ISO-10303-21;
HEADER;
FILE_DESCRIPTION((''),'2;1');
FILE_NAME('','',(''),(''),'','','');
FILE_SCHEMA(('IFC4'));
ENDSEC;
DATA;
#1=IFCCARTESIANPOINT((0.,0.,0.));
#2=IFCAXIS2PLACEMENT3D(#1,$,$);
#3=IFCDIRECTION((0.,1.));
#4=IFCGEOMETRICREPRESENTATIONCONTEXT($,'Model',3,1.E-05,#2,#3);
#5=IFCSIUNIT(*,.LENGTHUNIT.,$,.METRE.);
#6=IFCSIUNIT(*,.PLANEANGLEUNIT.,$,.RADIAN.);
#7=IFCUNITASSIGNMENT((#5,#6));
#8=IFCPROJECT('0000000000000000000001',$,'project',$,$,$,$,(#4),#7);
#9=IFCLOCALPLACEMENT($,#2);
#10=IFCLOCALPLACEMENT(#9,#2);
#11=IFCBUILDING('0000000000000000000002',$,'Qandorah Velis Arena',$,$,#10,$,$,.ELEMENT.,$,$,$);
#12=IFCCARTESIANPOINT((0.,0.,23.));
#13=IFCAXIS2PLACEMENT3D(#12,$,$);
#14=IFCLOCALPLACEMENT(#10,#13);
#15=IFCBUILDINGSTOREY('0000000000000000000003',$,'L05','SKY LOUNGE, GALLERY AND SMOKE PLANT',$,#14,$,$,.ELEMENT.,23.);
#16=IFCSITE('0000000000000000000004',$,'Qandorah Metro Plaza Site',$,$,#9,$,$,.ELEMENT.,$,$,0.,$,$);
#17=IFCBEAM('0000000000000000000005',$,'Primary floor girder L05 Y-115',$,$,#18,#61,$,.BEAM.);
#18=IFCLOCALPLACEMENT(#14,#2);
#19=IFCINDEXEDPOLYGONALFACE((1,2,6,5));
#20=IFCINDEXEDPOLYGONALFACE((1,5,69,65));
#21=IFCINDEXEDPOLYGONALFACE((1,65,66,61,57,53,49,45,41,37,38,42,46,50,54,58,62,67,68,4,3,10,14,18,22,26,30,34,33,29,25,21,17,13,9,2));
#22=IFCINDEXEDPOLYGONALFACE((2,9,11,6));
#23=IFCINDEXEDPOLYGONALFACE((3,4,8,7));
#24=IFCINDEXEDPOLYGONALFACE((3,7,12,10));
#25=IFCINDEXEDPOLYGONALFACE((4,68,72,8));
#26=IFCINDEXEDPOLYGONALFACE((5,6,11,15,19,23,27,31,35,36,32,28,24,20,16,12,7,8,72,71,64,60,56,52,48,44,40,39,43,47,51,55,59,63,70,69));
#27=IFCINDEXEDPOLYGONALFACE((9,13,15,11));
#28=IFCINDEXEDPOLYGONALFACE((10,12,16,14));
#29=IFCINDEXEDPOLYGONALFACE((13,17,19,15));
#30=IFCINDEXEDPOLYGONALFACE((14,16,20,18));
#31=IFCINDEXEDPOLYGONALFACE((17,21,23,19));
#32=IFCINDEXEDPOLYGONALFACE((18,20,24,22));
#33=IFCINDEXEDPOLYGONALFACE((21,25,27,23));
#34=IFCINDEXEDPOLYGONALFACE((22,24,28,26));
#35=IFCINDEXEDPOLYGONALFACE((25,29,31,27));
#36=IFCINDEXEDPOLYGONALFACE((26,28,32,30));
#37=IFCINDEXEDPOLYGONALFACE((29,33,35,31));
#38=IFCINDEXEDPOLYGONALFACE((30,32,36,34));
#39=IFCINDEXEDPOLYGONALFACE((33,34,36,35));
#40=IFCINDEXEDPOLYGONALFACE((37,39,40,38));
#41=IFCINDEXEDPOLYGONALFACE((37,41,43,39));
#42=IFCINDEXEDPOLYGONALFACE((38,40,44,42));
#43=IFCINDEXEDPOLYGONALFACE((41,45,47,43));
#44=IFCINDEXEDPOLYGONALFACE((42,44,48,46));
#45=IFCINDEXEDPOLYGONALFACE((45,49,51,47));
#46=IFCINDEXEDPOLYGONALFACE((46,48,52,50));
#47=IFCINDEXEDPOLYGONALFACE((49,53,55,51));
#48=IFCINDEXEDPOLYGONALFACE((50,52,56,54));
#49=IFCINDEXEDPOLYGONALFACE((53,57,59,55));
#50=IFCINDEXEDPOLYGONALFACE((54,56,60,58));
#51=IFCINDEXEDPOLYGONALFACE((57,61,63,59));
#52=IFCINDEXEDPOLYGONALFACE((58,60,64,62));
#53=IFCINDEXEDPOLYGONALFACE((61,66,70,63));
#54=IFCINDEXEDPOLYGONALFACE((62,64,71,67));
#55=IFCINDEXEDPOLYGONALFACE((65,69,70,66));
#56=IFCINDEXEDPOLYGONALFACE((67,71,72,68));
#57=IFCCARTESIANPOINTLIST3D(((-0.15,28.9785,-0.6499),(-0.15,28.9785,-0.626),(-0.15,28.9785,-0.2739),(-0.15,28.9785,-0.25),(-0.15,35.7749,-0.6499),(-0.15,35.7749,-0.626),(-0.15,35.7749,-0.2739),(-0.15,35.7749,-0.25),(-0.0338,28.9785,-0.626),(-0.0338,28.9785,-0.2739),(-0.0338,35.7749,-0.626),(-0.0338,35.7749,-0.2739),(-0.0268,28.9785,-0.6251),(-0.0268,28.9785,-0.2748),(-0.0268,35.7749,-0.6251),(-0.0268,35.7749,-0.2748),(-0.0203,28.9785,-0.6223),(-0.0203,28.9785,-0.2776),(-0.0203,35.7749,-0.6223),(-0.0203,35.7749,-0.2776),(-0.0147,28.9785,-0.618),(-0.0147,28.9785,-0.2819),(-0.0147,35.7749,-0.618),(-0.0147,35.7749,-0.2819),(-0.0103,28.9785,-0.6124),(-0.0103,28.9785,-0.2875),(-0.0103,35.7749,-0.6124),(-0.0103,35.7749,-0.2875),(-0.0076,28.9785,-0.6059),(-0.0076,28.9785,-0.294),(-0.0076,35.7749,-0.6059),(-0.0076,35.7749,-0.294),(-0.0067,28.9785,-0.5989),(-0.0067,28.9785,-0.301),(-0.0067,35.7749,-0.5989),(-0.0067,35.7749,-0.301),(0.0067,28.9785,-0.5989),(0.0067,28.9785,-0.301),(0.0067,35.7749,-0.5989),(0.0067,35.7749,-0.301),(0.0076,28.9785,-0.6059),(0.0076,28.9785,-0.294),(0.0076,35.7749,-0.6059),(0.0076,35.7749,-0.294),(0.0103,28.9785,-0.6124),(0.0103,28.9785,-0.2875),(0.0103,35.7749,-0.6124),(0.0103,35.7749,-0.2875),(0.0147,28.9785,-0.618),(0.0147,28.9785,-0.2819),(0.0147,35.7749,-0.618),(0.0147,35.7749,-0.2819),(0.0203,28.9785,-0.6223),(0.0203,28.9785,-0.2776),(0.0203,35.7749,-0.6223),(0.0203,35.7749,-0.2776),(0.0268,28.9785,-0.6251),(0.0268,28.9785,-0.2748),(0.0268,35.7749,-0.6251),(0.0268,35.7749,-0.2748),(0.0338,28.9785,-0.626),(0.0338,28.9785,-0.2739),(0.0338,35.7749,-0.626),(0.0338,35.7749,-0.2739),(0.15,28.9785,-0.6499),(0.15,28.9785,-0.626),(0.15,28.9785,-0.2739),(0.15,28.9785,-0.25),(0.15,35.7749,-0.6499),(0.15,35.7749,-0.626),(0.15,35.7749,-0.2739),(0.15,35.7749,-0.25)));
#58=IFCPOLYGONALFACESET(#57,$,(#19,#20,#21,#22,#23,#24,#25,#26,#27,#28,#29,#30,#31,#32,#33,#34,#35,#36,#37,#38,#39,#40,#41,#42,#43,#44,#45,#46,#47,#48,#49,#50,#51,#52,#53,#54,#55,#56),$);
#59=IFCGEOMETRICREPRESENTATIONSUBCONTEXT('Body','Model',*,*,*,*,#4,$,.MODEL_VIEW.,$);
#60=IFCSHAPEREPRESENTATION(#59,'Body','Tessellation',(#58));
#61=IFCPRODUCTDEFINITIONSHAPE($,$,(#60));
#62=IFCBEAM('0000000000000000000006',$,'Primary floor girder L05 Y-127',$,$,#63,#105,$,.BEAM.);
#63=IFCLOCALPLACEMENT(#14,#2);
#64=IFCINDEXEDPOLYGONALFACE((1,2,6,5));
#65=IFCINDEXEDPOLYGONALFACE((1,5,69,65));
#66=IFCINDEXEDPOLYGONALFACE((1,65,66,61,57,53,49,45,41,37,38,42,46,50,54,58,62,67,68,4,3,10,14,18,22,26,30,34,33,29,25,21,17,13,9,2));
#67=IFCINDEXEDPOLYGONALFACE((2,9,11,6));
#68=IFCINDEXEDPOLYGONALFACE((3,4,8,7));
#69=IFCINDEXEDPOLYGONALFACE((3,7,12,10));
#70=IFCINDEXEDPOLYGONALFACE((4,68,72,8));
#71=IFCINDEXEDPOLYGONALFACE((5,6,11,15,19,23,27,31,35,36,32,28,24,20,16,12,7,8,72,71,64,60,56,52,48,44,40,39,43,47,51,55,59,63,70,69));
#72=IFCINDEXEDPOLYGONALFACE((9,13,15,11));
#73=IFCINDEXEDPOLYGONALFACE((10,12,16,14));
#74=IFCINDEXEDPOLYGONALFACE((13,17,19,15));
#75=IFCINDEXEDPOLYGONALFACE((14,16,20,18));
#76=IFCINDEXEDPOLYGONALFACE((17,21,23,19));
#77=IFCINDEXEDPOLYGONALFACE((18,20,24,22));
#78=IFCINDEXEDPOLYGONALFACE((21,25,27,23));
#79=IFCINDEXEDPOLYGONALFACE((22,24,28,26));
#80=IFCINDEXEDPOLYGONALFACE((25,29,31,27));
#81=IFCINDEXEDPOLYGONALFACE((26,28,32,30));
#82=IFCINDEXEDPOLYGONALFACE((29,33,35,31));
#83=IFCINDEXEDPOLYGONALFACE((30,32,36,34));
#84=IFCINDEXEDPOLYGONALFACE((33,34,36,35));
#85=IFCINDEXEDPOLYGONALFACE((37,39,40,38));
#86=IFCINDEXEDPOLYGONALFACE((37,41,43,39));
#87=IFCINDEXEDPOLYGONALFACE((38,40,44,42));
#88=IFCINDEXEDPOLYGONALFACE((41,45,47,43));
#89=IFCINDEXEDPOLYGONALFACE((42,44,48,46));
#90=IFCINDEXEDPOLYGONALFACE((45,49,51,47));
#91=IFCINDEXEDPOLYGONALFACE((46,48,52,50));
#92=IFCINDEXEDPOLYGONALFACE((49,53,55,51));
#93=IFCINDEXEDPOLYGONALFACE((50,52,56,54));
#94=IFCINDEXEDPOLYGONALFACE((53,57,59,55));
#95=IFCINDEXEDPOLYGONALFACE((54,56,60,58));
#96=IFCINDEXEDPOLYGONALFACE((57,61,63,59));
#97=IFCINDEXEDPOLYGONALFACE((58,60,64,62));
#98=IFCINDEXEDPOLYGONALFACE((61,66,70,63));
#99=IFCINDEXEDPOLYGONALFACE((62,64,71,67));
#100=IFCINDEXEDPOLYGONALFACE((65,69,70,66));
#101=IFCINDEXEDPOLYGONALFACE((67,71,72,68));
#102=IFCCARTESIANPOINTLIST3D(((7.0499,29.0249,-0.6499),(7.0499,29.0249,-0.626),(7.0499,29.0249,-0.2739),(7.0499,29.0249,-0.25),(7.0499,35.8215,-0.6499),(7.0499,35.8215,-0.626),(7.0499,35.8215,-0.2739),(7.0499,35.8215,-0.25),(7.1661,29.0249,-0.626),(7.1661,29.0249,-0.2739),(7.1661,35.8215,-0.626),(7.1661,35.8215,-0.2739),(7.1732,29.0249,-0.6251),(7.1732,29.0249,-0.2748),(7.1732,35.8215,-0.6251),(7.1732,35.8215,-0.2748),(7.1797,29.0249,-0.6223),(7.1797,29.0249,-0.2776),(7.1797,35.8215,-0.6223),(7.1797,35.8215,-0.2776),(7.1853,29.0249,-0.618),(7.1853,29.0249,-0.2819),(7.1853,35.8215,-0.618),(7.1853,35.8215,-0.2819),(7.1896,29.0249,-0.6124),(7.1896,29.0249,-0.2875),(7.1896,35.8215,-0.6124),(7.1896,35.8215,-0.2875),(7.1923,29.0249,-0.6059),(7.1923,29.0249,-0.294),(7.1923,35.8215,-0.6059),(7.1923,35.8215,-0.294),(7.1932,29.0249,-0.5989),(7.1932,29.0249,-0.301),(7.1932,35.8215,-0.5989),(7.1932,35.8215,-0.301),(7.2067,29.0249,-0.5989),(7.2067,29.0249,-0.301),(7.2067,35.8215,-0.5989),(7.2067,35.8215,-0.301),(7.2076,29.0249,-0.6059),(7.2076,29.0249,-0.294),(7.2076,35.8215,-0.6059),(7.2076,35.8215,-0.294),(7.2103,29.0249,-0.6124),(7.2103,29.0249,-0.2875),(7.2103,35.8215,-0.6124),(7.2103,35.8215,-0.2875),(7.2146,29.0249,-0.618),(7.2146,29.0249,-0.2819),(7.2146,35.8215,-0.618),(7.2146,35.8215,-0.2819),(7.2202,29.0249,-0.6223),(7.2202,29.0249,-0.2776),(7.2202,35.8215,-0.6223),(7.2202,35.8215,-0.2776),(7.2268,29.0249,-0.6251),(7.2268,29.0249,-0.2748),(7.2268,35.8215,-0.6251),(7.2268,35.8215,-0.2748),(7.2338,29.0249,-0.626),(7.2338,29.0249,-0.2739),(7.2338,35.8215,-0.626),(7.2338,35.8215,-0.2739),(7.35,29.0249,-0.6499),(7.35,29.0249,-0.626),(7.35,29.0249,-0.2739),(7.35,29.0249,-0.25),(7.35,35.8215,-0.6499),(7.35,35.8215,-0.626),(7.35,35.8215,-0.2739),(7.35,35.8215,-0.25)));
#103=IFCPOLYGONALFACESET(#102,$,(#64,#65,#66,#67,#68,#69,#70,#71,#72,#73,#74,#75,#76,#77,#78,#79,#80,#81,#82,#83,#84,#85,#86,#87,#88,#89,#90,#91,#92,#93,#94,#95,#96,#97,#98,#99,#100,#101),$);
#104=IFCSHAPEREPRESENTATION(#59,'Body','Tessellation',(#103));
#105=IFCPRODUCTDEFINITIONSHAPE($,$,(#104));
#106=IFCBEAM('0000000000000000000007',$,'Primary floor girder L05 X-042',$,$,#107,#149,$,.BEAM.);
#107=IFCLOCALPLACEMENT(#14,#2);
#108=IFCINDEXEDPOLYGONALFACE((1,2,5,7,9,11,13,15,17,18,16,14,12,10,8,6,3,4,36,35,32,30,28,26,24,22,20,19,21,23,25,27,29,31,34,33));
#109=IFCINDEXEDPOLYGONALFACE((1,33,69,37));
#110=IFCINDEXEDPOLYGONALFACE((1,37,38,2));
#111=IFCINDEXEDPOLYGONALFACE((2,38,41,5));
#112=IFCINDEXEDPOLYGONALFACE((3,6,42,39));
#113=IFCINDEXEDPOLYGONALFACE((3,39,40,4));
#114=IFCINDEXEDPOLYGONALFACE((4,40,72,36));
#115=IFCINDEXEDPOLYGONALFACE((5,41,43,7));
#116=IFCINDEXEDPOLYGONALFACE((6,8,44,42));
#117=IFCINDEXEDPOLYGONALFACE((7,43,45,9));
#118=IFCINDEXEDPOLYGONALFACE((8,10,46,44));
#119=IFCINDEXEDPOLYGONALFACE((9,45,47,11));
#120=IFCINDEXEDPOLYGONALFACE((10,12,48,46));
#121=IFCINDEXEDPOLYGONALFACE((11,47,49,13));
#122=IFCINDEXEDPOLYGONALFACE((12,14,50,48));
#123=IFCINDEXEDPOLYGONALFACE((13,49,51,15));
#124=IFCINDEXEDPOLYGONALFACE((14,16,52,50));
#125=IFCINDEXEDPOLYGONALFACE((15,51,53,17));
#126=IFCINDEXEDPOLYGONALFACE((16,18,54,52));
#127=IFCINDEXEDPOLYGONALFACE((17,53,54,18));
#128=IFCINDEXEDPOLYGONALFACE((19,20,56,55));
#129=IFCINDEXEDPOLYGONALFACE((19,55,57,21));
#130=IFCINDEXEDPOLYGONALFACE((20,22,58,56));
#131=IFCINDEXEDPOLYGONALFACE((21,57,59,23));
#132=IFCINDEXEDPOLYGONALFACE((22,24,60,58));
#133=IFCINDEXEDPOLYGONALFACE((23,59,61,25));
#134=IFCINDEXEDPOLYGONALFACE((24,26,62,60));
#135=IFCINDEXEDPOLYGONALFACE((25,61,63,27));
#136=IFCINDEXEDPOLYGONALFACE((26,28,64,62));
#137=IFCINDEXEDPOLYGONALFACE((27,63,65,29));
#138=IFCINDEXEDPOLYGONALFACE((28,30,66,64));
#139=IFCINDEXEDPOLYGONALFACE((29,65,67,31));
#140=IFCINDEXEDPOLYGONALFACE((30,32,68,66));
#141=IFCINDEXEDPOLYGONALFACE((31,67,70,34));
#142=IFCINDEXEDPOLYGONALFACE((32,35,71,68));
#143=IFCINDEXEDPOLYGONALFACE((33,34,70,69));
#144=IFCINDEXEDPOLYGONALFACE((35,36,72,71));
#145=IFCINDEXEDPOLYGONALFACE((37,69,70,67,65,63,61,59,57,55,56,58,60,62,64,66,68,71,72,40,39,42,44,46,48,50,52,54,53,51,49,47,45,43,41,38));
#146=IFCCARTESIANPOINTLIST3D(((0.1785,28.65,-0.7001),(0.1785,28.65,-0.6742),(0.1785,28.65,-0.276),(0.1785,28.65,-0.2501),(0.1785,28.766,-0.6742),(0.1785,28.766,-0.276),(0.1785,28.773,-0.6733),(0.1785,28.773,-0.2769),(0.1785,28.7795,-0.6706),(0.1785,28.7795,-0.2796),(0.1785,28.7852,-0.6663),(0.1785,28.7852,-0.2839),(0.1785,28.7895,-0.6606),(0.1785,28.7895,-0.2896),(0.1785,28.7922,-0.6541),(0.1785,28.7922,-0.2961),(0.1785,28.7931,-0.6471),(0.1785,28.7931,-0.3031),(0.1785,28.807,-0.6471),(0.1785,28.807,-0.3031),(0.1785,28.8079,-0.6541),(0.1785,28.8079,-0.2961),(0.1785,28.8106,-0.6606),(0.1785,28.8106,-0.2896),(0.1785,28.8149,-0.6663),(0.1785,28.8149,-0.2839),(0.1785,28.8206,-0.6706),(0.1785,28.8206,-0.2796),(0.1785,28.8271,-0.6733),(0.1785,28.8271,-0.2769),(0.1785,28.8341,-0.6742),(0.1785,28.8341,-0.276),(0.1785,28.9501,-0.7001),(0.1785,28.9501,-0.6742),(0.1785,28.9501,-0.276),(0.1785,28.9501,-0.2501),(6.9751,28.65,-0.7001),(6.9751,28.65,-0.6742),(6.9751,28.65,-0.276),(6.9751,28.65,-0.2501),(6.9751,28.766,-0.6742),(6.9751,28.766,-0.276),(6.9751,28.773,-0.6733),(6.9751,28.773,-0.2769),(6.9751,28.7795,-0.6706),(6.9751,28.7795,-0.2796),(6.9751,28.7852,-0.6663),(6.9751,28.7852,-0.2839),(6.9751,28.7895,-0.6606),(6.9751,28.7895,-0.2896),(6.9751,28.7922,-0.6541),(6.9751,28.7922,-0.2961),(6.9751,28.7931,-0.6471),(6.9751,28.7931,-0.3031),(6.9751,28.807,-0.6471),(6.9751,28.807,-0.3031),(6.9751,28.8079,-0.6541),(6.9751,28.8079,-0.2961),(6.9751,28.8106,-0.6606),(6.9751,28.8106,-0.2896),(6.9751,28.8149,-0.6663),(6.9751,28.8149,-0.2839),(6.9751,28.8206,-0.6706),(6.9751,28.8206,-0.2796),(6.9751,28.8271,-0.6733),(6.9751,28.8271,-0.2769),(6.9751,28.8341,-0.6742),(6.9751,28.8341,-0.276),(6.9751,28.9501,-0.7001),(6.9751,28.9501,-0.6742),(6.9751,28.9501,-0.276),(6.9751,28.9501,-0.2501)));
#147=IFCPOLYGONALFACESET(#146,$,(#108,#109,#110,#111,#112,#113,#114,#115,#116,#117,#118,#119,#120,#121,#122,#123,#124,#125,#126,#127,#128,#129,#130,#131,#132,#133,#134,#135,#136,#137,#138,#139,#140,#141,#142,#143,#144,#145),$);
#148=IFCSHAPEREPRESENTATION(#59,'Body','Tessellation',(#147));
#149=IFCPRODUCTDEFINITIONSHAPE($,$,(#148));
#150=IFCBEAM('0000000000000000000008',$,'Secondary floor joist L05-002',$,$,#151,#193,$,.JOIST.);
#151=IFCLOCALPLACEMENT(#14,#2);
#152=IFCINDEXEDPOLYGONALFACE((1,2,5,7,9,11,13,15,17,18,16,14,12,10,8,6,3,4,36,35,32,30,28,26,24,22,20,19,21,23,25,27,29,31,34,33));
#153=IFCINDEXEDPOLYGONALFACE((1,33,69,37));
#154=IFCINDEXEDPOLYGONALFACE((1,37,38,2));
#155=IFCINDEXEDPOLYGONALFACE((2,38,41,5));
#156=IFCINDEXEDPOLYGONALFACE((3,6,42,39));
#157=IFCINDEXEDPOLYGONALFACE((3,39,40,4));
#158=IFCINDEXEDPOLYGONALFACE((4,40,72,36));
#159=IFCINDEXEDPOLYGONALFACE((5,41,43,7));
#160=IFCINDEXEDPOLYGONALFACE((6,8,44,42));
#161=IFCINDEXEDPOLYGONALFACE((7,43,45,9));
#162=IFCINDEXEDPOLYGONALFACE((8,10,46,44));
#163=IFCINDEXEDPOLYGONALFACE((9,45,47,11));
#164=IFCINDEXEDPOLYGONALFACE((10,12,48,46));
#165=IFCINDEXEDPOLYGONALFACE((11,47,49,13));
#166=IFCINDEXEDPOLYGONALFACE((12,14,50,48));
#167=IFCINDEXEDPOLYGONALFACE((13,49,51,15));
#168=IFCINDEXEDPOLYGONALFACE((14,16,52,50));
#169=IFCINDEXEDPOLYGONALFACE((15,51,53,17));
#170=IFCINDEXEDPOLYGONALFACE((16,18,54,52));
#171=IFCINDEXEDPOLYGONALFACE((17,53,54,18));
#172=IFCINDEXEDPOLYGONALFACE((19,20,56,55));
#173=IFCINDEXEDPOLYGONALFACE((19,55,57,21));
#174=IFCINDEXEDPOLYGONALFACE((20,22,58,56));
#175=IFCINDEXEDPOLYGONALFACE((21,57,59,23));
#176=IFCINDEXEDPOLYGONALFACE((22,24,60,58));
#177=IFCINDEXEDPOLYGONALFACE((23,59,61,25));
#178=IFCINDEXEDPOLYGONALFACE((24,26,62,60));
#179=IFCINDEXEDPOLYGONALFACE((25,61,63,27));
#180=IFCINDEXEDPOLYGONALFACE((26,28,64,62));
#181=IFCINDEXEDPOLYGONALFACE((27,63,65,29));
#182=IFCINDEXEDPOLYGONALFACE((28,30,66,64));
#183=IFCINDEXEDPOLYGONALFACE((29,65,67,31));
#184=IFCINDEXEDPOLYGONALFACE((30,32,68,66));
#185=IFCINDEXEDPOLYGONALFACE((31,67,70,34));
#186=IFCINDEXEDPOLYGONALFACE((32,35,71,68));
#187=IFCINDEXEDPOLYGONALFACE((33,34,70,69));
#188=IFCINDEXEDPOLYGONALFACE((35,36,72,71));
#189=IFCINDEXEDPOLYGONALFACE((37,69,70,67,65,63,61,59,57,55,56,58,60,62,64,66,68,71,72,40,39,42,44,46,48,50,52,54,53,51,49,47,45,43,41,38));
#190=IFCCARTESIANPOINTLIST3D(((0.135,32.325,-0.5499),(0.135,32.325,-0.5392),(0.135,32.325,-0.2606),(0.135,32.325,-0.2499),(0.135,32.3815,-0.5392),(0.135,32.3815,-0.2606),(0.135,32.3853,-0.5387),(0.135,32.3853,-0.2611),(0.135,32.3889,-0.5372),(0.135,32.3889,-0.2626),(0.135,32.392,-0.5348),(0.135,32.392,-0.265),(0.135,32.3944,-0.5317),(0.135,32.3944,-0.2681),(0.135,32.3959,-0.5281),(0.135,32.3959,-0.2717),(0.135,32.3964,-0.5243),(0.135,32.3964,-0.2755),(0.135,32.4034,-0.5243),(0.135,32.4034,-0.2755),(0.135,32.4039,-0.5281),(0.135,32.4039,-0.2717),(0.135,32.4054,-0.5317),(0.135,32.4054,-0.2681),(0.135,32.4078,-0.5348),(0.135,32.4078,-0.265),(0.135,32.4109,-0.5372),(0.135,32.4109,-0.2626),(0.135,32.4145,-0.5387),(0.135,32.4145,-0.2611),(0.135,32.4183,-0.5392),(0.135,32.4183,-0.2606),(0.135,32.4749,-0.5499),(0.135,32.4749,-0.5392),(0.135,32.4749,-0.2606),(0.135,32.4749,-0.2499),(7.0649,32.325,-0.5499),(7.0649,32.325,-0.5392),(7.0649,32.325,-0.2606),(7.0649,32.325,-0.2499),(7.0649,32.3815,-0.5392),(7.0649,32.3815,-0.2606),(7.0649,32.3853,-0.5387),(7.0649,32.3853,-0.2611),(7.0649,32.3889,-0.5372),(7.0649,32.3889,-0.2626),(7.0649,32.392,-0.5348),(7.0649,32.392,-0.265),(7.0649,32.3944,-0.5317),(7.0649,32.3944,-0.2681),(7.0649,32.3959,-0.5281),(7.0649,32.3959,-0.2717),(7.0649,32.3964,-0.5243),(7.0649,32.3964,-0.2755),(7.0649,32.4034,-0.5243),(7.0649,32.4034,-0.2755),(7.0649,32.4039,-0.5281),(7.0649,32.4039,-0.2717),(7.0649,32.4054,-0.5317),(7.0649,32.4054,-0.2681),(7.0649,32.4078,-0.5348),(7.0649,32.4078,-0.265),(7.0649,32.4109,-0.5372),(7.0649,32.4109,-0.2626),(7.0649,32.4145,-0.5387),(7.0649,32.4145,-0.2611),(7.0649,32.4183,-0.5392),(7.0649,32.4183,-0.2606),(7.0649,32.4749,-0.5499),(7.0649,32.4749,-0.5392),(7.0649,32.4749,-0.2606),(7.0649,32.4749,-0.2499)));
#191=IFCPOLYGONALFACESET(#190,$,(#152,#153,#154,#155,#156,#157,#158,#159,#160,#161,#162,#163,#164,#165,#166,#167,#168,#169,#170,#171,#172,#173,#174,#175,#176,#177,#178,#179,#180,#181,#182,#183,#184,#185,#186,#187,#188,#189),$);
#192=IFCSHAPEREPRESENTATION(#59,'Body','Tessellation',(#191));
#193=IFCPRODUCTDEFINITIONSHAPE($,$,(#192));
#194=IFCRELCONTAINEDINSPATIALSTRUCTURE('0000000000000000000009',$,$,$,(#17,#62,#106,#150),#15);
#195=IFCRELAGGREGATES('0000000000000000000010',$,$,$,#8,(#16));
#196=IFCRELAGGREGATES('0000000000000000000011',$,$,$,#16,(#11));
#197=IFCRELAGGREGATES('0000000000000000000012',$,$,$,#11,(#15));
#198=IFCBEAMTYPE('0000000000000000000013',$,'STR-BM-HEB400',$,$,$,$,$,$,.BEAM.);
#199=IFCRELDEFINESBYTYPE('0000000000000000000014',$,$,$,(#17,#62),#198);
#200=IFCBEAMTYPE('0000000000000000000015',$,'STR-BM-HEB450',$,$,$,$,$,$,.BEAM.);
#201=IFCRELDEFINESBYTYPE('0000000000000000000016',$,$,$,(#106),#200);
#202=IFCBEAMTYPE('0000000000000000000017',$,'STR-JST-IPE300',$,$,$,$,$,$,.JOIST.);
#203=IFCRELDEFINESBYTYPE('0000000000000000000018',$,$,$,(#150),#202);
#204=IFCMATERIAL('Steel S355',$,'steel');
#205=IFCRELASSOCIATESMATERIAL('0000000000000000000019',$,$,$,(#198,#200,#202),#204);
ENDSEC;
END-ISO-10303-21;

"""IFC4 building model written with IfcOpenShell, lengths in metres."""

from ifc_helpers import new_model, si_unit, direction, frame, origin, origin_2d, place, context, subcontext, project, spatial, i_section, extrude, material, material_profile, profile_set, type_object, element, save


model = new_model("IFC4")

# Units and contexts
model_context = context("Model", 3, precision=1e-05, world=origin(), true_north=direction((0.0, 1.0)))
body_context = subcontext(model_context, "Body", "Model", "MODEL_VIEW")
ifc_project = project(units=[si_unit("LENGTHUNIT", "METRE"), si_unit("PLANEANGLEUNIT", "RADIAN")], contexts=[model_context])

# Site, building, storey
site_placement = place(None, origin())
site = spatial("IfcSite", under=ifc_project, at=site_placement, Name="Qandorah Metro Plaza Site", CompositionType="ELEMENT", RefElevation=0.0)
building_placement = place(site_placement, origin())
building = spatial("IfcBuilding", under=site, at=building_placement, Name="Qandorah Velis Arena", CompositionType="ELEMENT")
storey_placement = place(building_placement, frame((0.0, 0.0, 23.0)))
storey = spatial("IfcBuildingStorey", under=building, at=storey_placement, Name="L05", Description="SKY LOUNGE, GALLERY AND SMOKE PLANT", CompositionType="ELEMENT", Elevation=23.0)

# Beams
ifc_material_1 = material(Name="Steel S355", Category="steel")
ifc_material_profile_1 = material_profile(ifc_material_1, i_section(OverallWidth=0.3, OverallDepth=0.3999, WebThickness=0.0134, FlangeThickness=0.0239, FilletRadius=0.0271, at=origin_2d()), Name="HEB 400")
ifc_profile_set_1 = profile_set([ifc_material_profile_1], Name="Steel S355")
beam_type_1 = type_object("IfcBeamType", Name="STR-BM-HEB400", PredefinedType="BEAM", material=ifc_profile_set_1)
beam_1_placement = place(storey_placement, frame((0.0, 28.9785, -0.45), z_axis=(0.0, 1.0, 0.0), x_axis=(-1.0, 0.0, 0.0)))
element("IfcBeam", 1, at=beam_1_placement, inside=storey, type_object=beam_type_1, Name="Primary floor girder L05 Y-115", PredefinedType="BEAM", context=body_context, shape_type="SweptSolid", body=[
    extrude(i_section(OverallWidth=0.3, OverallDepth=0.3999, WebThickness=0.0134, FlangeThickness=0.0239, FilletRadius=0.0271, at=origin_2d()), origin(), (0.0, 0.0, 1.0), 6.7964),
])
beam_2_placement = place(storey_placement, frame((7.2, 29.0249, -0.45), z_axis=(0.0, 1.0, 0.0), x_axis=(-1.0, 0.0, 0.0)))
element("IfcBeam", 2, at=beam_2_placement, inside=storey, type_object=beam_type_1, Name="Primary floor girder L05 Y-127", PredefinedType="BEAM", context=body_context, shape_type="SweptSolid", body=[
    extrude(i_section(OverallWidth=0.3, OverallDepth=0.3999, WebThickness=0.0134, FlangeThickness=0.0239, FilletRadius=0.0271, at=origin_2d()), origin(), (0.0, 0.0, 1.0), 6.7966),
])
ifc_material_profile_2 = material_profile(ifc_material_1, i_section(OverallWidth=0.3, OverallDepth=0.45, WebThickness=0.0139, FlangeThickness=0.0259, FilletRadius=0.0271, at=origin_2d()), Name="HEB 450")
ifc_profile_set_2 = profile_set([ifc_material_profile_2], Name="Steel S355")
beam_type_2 = type_object("IfcBeamType", Name="STR-BM-HEB450", PredefinedType="BEAM", material=ifc_profile_set_2)
beam_3_placement = place(storey_placement, frame((0.1785, 28.8, -0.4751), z_axis=(1.0, 0.0, 0.0), x_axis=(0.0, 1.0, 0.0)))
element("IfcBeam", 3, at=beam_3_placement, inside=storey, type_object=beam_type_2, Name="Primary floor girder L05 X-042", PredefinedType="BEAM", context=body_context, shape_type="SweptSolid", body=[
    extrude(i_section(OverallWidth=0.3, OverallDepth=0.45, WebThickness=0.0139, FlangeThickness=0.0259, FilletRadius=0.0271, at=origin_2d()), origin(), (0.0, 0.0, 1.0), 6.7966),
])
ifc_material_profile_3 = material_profile(ifc_material_1, i_section(OverallWidth=0.1499, OverallDepth=0.3, WebThickness=0.0071, FlangeThickness=0.0107, FilletRadius=0.0149, at=origin_2d()), Name="IPE 300")
ifc_profile_set_3 = profile_set([ifc_material_profile_3], Name="Steel S355")
beam_type_3 = type_object("IfcBeamType", Name="STR-JST-IPE300", PredefinedType="JOIST", material=ifc_profile_set_3)
beam_4_placement = place(storey_placement, frame((0.135, 32.3999, -0.3999), z_axis=(1.0, 0.0, 0.0), x_axis=(0.0, 1.0, 0.0)))
element("IfcBeam", 4, at=beam_4_placement, inside=storey, type_object=beam_type_3, Name="Secondary floor joist L05-002", PredefinedType="JOIST", context=body_context, shape_type="SweptSolid", body=[
    extrude(i_section(OverallWidth=0.1499, OverallDepth=0.3, WebThickness=0.0071, FlangeThickness=0.0107, FilletRadius=0.0149, at=origin_2d()), origin(), (0.0, 0.0, 1.0), 6.9299),
])

save(model, "model.ifc")
